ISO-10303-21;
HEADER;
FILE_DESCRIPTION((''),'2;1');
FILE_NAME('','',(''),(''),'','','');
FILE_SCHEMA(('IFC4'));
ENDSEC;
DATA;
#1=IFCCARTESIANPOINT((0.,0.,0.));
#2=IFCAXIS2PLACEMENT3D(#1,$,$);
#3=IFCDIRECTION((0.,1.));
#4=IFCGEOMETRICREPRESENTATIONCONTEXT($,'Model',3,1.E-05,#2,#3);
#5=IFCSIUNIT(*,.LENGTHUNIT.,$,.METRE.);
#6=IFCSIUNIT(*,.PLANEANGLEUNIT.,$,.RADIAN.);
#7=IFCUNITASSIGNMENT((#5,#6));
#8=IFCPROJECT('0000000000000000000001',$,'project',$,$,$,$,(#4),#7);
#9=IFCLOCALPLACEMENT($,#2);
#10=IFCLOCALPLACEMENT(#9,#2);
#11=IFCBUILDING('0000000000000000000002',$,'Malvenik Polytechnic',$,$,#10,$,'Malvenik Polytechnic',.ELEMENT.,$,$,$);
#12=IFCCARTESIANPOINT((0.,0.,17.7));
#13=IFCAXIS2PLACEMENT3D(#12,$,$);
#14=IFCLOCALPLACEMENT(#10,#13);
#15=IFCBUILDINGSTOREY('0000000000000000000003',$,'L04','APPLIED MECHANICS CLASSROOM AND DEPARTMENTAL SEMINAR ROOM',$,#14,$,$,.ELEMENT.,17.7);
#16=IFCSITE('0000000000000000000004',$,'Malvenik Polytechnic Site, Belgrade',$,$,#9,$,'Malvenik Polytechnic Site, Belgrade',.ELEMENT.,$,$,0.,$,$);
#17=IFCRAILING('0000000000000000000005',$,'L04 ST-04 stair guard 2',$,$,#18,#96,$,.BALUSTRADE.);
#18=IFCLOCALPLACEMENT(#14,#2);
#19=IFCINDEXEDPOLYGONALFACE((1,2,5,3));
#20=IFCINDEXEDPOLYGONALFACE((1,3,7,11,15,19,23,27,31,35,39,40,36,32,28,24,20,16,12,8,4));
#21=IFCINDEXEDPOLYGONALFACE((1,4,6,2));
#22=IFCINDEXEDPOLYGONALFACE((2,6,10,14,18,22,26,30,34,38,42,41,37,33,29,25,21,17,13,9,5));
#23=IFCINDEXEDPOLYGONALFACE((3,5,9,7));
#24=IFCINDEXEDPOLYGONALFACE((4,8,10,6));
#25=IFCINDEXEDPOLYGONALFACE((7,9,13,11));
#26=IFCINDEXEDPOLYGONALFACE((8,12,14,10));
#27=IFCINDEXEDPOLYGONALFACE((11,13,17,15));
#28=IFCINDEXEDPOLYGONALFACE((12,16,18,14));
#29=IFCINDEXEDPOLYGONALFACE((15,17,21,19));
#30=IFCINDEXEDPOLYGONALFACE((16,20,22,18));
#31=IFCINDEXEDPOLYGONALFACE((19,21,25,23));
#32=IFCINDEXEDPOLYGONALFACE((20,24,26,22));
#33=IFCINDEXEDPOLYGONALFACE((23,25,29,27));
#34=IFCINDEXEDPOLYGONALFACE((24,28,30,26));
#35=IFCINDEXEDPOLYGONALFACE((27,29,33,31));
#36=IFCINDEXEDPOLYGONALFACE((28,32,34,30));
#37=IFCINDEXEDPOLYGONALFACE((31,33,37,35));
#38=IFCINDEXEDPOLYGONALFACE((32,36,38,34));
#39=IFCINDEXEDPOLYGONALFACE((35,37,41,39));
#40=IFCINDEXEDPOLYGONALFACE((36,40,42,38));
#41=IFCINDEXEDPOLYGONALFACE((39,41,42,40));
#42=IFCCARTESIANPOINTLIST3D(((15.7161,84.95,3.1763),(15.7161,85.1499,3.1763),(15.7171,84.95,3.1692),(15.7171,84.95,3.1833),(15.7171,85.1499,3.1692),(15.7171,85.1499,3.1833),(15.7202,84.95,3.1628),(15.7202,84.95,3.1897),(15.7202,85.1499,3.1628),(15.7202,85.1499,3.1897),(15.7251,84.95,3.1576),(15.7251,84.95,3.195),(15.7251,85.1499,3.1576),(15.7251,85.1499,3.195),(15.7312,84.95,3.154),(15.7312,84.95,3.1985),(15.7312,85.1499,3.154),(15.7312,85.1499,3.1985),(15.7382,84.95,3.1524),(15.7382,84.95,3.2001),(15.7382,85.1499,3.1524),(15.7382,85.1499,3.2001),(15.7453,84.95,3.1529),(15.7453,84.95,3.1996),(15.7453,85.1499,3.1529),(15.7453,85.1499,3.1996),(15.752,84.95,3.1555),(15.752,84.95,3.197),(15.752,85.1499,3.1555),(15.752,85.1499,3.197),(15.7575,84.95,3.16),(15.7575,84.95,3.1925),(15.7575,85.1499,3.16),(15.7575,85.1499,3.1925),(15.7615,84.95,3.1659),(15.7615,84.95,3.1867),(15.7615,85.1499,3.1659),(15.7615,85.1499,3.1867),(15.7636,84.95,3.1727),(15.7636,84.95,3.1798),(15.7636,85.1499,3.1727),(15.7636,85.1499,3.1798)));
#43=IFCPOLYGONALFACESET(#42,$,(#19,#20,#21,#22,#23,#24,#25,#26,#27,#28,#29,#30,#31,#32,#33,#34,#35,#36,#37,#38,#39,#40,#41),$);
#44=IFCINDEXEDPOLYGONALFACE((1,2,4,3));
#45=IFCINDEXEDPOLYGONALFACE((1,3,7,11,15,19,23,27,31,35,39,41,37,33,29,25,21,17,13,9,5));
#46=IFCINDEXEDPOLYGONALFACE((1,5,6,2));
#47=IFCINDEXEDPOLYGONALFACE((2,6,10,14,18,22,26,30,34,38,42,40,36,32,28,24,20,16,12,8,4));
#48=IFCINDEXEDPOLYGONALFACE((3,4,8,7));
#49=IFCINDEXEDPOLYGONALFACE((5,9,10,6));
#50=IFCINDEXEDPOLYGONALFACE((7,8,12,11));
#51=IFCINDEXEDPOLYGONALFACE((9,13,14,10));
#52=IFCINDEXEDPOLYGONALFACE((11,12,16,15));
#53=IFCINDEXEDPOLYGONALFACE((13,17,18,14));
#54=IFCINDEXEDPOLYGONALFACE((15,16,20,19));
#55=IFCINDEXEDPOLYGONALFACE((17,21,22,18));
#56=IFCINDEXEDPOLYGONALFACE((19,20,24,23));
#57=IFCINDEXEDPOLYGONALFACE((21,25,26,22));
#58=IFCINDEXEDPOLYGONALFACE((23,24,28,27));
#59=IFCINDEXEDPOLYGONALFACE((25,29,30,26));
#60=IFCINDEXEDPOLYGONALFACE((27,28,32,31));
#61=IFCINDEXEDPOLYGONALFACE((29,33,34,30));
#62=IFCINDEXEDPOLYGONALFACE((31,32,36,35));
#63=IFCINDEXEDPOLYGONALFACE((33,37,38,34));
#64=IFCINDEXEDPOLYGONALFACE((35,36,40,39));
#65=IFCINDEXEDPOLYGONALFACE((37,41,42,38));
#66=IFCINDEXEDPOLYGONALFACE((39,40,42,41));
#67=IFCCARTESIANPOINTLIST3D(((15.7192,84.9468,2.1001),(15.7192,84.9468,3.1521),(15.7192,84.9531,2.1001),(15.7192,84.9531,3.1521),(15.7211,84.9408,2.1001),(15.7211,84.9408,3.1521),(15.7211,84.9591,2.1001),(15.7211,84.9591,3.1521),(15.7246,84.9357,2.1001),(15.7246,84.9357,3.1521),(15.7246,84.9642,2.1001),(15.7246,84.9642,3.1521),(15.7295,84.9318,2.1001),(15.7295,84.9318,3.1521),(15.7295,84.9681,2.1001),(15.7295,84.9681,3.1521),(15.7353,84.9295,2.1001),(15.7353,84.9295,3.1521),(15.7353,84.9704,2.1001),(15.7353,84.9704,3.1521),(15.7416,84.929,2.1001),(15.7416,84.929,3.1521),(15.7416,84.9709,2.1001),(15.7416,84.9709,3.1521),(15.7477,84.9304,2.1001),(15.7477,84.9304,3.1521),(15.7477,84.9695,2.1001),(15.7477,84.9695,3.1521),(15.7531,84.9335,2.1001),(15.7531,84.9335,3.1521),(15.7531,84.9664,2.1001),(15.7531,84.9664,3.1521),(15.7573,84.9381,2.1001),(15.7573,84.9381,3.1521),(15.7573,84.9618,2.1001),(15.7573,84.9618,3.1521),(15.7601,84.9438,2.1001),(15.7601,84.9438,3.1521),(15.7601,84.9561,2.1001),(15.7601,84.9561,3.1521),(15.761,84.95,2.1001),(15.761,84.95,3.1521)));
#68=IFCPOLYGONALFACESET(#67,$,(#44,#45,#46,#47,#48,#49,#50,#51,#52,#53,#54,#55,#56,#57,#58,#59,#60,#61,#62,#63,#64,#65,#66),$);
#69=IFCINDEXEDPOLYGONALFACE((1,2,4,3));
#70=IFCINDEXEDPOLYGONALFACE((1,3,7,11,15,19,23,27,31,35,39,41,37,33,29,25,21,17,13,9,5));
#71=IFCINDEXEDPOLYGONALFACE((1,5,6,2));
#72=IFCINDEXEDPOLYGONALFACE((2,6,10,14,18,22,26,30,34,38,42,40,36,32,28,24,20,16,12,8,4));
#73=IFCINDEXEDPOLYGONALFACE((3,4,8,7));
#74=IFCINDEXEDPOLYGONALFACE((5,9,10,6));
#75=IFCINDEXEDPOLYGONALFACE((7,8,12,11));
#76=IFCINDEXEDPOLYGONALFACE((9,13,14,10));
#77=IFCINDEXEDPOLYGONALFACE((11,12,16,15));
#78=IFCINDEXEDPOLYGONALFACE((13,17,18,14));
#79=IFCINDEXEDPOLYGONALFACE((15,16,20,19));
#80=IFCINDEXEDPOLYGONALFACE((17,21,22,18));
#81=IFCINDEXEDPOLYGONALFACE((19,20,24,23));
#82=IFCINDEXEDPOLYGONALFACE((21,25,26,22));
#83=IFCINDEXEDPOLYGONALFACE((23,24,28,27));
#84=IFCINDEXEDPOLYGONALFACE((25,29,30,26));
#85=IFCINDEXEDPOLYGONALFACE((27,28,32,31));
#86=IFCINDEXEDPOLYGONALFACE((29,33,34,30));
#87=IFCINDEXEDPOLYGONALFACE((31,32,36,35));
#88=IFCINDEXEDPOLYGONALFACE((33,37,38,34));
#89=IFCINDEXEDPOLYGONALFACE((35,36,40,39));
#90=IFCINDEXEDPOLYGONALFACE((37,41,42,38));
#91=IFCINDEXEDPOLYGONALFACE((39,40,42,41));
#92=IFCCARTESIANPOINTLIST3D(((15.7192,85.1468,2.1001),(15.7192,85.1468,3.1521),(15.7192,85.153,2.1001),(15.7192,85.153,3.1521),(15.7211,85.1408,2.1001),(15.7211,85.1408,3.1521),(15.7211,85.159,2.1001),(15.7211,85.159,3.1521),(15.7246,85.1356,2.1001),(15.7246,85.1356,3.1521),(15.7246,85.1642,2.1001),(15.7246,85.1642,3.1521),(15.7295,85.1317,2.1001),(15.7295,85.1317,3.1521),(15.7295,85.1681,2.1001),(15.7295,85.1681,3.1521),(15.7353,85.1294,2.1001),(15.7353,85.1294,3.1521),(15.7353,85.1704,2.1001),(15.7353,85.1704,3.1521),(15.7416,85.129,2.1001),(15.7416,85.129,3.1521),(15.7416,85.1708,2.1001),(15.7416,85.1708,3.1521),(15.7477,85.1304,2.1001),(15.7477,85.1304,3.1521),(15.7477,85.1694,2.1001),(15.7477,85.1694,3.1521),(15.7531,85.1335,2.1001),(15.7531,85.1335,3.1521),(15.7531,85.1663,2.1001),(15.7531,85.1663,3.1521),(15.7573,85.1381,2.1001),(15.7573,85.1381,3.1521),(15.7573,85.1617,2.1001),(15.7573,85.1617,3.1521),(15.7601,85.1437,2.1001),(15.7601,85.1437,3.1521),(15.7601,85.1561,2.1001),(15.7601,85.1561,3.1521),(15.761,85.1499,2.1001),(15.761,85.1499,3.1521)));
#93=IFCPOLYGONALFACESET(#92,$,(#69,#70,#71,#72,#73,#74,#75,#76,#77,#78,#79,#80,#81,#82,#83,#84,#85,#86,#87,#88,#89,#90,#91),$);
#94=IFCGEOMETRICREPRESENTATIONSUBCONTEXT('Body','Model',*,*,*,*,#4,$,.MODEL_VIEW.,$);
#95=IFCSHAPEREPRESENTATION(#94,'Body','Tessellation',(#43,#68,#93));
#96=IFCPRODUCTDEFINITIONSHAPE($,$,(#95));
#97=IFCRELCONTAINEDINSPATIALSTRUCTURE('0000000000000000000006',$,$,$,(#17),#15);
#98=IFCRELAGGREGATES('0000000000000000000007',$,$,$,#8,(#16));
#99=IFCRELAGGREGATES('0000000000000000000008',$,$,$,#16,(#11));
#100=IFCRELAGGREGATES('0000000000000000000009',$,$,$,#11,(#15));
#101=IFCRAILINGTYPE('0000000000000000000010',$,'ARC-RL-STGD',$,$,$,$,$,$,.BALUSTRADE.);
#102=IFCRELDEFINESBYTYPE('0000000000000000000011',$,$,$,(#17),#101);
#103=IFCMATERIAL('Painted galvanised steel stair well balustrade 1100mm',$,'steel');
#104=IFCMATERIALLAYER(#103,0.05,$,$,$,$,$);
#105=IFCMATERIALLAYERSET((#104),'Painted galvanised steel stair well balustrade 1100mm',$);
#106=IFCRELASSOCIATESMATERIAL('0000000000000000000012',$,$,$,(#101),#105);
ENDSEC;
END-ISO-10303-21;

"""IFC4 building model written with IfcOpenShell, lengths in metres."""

from ifc_helpers import new_model, si_unit, direction, frame, origin, origin_2d, place, context, subcontext, project, spatial, circle, extrude, material, layer, layer_set, type_object, element, save


model = new_model("IFC4")

# Units and contexts
model_context = context("Model", 3, precision=1e-05, world=origin(), true_north=direction((0.0, 1.0)))
body_context = subcontext(model_context, "Body", "Model", "MODEL_VIEW")
ifc_project = project(units=[si_unit("LENGTHUNIT", "METRE"), si_unit("PLANEANGLEUNIT", "RADIAN")], contexts=[model_context])

# Site, building, storey
site_placement = place(None, origin())
site = spatial("IfcSite", under=ifc_project, at=site_placement, Name="Malvenik Polytechnic Site, Belgrade", LongName="Malvenik Polytechnic Site, Belgrade", CompositionType="ELEMENT", RefElevation=0.0)
building_placement = place(site_placement, origin())
building = spatial("IfcBuilding", under=site, at=building_placement, Name="Malvenik Polytechnic", LongName="Malvenik Polytechnic", CompositionType="ELEMENT")
storey_placement = place(building_placement, frame((0.0, 0.0, 17.7)))
storey = spatial("IfcBuildingStorey", under=building, at=storey_placement, Name="L04", Description="APPLIED MECHANICS CLASSROOM AND DEPARTMENTAL SEMINAR ROOM", CompositionType="ELEMENT", Elevation=17.7)

# Railing
ifc_material_1 = material(Name="Painted galvanised steel stair well balustrade 1100mm", Category="steel")
ifc_layer_1 = layer(ifc_material_1, 0.05)
ifc_layer_set_1 = layer_set([ifc_layer_1], Name="Painted galvanised steel stair well balustrade 1100mm")
railing_type_1 = type_object("IfcRailingType", Name="ARC-RL-STGD", PredefinedType="BALUSTRADE", material=ifc_layer_set_1)
railing_1_placement = place(storey_placement, frame((15.74, 84.95, 2.1001)))
element("IfcRailing", 1, at=railing_1_placement, inside=storey, type_object=railing_type_1, Name="L04 ST-04 stair guard 2", PredefinedType="BALUSTRADE", context=body_context, shape_type="SweptSolid", body=[
    extrude(circle(Radius=0.0239, at=origin_2d()), frame((0.0, 0.0, 1.0762), z_axis=(0.0, 1.0, 0.0), x_axis=(-1.0, 0.0, 0.0)), (0.0, 0.0, 1.0), 0.2),
    extrude(circle(Radius=0.021, at=origin_2d()), origin(), (0.0, 0.0, 1.0), 1.052),
    extrude(circle(Radius=0.021, at=origin_2d()), frame((0.0, 0.2, 0.0)), (0.0, 0.0, 1.0), 1.052),
])

save(model, "model.ifc")
